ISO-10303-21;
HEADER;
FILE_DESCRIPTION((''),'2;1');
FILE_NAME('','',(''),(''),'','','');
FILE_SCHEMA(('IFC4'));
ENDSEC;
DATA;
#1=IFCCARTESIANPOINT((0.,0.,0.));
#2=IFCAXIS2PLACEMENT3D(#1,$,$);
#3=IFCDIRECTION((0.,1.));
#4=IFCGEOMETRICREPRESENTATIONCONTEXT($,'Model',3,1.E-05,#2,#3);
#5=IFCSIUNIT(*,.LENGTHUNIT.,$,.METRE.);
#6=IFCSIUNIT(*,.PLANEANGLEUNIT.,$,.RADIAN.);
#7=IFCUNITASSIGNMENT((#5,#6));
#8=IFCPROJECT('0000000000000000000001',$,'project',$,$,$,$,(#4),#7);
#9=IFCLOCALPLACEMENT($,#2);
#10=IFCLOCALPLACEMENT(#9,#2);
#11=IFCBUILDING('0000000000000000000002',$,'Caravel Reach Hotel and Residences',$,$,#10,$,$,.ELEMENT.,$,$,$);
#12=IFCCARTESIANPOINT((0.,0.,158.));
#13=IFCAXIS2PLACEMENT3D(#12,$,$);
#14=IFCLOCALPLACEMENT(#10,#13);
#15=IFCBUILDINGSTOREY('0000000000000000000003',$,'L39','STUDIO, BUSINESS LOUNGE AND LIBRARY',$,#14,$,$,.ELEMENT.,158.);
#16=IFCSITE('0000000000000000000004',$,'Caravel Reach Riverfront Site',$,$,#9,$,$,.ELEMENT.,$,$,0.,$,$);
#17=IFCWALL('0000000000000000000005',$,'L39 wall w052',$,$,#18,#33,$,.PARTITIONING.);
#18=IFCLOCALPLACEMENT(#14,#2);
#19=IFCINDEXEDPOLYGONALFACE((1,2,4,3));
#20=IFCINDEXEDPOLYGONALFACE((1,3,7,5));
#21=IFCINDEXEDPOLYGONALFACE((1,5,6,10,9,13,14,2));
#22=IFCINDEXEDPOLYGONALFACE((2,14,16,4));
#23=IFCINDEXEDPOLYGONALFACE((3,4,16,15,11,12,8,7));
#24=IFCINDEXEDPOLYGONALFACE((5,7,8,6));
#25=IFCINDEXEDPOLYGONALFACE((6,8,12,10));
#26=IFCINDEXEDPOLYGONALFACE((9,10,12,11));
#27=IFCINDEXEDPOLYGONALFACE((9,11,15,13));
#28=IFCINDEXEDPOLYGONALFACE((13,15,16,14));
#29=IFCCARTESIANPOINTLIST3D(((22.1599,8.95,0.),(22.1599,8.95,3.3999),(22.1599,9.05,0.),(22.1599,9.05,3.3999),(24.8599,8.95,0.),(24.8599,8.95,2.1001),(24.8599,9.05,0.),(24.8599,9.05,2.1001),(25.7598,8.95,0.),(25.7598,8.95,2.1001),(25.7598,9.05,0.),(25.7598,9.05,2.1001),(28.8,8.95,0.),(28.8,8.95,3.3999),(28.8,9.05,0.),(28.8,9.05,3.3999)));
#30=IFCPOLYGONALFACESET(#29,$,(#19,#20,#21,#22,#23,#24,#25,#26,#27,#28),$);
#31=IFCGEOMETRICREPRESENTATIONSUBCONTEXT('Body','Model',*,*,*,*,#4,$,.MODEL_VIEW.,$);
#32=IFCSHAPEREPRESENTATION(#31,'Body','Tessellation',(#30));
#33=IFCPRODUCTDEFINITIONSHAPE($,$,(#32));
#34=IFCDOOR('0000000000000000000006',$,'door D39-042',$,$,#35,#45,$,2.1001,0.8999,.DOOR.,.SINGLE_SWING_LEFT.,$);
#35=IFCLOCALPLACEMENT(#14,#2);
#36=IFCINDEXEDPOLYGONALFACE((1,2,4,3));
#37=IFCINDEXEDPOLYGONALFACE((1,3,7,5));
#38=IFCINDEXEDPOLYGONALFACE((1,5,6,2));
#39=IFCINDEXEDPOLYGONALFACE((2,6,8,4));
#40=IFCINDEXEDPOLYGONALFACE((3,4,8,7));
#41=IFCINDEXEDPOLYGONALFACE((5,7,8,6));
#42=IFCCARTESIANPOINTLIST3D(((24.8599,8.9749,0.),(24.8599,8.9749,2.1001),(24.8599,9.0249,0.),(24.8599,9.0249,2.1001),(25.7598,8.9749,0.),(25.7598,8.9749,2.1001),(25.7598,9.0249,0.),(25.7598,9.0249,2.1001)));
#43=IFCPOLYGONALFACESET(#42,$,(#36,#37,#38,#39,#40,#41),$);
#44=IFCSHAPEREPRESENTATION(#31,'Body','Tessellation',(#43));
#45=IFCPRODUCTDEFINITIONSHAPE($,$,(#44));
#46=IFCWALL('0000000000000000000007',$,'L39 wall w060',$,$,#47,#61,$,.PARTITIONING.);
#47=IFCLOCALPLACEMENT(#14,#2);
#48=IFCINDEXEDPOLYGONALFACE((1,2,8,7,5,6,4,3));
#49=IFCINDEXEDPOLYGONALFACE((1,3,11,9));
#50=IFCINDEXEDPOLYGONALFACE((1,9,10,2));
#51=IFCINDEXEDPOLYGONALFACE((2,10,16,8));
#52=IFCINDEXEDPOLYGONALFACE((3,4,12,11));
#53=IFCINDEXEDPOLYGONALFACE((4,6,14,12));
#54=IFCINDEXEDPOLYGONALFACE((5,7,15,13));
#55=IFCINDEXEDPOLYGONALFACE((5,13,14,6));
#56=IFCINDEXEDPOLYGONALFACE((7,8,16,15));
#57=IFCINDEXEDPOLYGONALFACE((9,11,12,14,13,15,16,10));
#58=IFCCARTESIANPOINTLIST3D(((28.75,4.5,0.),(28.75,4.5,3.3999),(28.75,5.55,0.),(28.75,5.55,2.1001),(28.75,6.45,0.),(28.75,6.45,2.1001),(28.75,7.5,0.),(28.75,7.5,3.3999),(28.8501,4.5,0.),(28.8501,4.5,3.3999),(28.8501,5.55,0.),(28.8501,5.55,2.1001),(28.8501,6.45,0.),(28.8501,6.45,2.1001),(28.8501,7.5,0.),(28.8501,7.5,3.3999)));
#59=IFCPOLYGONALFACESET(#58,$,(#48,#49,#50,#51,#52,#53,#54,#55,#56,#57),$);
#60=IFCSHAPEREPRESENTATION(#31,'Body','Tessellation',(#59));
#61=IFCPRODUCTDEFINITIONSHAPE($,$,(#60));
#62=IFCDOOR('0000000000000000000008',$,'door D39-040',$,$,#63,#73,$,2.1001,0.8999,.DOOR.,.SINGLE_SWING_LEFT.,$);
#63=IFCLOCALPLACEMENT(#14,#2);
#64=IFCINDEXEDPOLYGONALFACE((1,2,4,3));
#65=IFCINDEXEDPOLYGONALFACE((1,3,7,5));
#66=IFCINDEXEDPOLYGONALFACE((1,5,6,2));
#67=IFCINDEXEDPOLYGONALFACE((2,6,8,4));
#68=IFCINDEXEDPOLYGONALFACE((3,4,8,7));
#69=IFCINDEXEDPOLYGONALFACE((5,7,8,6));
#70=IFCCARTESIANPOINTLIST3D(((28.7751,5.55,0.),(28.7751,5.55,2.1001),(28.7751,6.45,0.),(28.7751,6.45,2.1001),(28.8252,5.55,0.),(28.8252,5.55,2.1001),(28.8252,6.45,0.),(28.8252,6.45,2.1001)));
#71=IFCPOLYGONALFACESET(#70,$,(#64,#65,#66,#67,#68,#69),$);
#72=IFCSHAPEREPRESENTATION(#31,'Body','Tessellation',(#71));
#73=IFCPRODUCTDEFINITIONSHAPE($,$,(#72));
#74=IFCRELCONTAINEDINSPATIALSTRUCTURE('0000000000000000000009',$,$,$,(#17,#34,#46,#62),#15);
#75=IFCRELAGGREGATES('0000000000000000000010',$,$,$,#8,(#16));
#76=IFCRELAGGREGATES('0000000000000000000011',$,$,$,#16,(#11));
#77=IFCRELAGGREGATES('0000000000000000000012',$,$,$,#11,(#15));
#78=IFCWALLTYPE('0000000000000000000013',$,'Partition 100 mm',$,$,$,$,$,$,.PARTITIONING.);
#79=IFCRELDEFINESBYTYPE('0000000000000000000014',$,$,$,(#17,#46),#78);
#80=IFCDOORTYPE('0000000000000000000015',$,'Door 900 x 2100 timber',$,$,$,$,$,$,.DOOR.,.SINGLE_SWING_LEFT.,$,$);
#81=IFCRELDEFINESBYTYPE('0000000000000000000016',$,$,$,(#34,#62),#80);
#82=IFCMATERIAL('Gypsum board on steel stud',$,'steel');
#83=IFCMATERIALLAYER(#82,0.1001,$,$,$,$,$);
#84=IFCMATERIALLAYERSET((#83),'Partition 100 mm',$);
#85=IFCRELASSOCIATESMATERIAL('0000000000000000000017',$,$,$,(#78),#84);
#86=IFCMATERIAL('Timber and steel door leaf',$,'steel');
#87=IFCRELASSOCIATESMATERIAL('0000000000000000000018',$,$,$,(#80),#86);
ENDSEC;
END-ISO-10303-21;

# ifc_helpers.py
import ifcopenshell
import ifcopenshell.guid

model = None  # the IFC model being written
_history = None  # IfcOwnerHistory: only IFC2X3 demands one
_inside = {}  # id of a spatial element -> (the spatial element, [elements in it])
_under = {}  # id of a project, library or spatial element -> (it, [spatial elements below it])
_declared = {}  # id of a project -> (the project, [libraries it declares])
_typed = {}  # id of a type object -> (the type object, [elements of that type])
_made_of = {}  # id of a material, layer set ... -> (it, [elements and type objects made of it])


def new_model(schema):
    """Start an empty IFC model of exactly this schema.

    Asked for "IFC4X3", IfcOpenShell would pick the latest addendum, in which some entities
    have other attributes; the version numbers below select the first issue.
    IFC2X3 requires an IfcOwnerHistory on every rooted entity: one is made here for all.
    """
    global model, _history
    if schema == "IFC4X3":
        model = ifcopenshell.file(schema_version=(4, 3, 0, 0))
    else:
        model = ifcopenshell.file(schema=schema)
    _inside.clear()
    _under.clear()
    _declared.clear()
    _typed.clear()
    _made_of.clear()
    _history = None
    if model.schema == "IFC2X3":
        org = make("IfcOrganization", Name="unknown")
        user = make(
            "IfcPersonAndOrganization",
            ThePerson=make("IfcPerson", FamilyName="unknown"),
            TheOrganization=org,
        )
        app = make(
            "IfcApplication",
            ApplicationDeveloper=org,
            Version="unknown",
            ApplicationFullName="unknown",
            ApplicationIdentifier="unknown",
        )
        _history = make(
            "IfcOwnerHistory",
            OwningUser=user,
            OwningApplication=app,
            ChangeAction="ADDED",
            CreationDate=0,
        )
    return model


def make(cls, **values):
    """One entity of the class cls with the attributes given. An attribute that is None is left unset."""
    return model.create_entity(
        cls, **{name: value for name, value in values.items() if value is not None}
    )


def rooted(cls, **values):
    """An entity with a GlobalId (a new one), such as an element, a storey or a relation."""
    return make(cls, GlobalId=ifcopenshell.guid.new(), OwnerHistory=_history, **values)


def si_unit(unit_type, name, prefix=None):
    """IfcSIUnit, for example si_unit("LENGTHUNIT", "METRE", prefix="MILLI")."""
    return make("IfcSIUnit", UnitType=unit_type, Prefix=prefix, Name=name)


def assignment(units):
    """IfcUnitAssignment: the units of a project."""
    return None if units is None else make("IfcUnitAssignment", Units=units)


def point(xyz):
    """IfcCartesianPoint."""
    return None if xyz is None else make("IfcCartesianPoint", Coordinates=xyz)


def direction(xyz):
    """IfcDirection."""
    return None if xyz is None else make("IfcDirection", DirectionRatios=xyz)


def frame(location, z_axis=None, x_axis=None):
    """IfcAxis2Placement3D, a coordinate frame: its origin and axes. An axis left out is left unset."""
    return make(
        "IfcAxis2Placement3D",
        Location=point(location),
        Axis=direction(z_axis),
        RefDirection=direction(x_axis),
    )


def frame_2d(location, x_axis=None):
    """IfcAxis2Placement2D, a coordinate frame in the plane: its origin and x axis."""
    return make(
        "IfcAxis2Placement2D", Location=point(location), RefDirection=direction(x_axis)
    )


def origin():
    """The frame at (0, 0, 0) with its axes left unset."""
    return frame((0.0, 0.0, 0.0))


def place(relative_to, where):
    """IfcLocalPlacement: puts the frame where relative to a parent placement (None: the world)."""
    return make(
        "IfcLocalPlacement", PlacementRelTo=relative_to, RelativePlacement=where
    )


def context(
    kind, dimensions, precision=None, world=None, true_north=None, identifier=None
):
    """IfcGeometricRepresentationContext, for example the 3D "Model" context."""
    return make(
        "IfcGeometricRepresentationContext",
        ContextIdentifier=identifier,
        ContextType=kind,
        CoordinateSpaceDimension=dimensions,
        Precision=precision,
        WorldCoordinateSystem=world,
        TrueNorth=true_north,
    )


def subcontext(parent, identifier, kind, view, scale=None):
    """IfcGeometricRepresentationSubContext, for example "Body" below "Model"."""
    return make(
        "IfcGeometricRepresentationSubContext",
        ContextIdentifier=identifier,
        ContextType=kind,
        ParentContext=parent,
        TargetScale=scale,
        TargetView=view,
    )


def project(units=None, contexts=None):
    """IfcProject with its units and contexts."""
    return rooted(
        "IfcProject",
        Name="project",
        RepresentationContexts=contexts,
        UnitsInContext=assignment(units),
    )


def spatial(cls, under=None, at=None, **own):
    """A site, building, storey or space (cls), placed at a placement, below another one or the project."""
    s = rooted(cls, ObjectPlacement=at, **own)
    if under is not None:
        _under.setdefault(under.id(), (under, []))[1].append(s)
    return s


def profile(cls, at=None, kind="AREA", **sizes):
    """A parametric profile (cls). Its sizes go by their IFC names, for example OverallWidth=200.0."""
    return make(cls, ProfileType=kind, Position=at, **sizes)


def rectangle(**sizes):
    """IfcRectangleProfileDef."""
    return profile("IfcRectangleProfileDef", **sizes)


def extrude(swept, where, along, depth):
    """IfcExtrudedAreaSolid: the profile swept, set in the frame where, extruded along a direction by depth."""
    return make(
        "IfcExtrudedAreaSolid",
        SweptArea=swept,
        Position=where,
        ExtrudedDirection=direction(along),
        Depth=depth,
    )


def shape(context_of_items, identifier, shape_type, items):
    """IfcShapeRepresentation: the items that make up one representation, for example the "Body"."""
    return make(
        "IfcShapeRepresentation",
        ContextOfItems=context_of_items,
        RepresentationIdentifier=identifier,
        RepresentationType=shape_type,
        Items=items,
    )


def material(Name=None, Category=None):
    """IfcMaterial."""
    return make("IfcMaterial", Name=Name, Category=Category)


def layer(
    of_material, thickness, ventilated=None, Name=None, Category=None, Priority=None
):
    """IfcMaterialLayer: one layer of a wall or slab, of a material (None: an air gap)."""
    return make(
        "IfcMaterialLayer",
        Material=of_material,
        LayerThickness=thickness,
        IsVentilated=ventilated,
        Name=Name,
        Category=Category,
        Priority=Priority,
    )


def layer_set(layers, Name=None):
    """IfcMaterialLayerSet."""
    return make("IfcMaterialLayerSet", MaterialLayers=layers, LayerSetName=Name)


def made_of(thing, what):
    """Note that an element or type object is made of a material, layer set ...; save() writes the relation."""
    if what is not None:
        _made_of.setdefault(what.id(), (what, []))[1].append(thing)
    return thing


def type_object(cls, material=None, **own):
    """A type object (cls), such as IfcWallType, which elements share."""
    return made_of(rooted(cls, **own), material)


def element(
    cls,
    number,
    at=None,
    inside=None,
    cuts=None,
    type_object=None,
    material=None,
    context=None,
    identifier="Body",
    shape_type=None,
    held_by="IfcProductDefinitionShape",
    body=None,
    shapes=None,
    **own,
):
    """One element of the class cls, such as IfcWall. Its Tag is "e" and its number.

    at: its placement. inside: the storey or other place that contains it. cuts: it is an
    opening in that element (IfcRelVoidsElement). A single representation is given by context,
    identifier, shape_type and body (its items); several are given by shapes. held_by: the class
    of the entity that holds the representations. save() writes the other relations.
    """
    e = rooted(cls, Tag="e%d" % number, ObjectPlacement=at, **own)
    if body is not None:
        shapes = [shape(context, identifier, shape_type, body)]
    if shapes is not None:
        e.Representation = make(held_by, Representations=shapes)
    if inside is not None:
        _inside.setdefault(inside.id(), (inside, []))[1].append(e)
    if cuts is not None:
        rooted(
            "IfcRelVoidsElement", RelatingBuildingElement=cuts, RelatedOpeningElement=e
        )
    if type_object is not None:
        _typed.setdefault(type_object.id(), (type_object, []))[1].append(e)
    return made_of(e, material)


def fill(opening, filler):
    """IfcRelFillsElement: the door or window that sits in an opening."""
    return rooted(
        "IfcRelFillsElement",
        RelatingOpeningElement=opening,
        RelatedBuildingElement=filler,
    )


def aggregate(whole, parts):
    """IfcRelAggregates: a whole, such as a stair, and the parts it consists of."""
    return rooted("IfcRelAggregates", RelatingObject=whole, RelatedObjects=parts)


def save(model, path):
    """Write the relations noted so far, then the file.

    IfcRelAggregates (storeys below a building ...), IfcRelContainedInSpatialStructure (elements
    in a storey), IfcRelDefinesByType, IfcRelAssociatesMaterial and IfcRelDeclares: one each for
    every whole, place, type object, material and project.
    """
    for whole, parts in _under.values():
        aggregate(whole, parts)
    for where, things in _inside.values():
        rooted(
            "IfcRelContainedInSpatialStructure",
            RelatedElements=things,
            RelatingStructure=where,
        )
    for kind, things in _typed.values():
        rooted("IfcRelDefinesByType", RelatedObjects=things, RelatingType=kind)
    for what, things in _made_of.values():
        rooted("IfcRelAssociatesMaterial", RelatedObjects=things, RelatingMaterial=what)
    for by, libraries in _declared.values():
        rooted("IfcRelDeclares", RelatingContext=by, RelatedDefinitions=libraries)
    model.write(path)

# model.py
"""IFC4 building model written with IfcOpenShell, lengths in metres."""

from ifc_helpers import new_model, si_unit, direction, frame, frame_2d, origin, place, context, subcontext, project, spatial, rectangle, extrude, material, layer, layer_set, type_object, element, fill, save


model = new_model("IFC4")

# Units and contexts
model_context = context("Model", 3, precision=1e-05, world=origin(), true_north=direction((0.0, 1.0)))
body_context = subcontext(model_context, "Body", "Model", "MODEL_VIEW")
ifc_project = project(units=[si_unit("LENGTHUNIT", "METRE"), si_unit("PLANEANGLEUNIT", "RADIAN")], contexts=[model_context])

# Site, building, storey
site_placement = place(None, origin())
site = spatial("IfcSite", under=ifc_project, at=site_placement, Name="Caravel Reach Riverfront Site", CompositionType="ELEMENT", RefElevation=0.0)
building_placement = place(site_placement, origin())
building = spatial("IfcBuilding", under=site, at=building_placement, Name="Caravel Reach Hotel and Residences", CompositionType="ELEMENT")
storey_placement = place(building_placement, frame((0.0, 0.0, 158.0)))
storey = spatial("IfcBuildingStorey", under=building, at=storey_placement, Name="L39", Description="STUDIO, BUSINESS LOUNGE AND LIBRARY", CompositionType="ELEMENT", Elevation=158.0)

# Shared definitions
ifc_material_1 = material(Name="Gypsum board on steel stud", Category="steel")
ifc_layer_1 = layer(ifc_material_1, 0.1001)
ifc_layer_set_1 = layer_set([ifc_layer_1], Name="Partition 100 mm")
wall_type_1 = type_object("IfcWallType", Name="Partition 100 mm", PredefinedType="PARTITIONING", material=ifc_layer_set_1)

# Walls, openings, doors
wall_1_placement = place(storey_placement, frame((22.1599, 9.0, 0.0), z_axis=(0.0, 0.0, 1.0), x_axis=(1.0, 0.0, 0.0)))
wall_1 = element("IfcWall", 1, at=wall_1_placement, inside=storey, type_object=wall_type_1, Name="L39 wall w052", PredefinedType="PARTITIONING", context=body_context, shape_type="SweptSolid", body=[
    extrude(rectangle(XDim=6.6401, YDim=0.1001, at=frame_2d((3.3201, 0.0))), origin(), (0.0, 0.0, 1.0), 3.3999),
])
opening_1_placement = place(wall_1_placement, frame((2.7, 0.0, 0.0)))
opening_1 = element("IfcOpeningElement", 2, at=opening_1_placement, cuts=wall_1, PredefinedType="OPENING", context=body_context, shape_type="SweptSolid", body=[
    extrude(rectangle(XDim=0.8999, YDim=2.1001, at=frame_2d((0.45, 1.05))), frame((0.0, 0.0601, 0.0), z_axis=(0.0, -1.0, 0.0), x_axis=(1.0, 0.0, 0.0)), (0.0, 0.0, 1.0), 0.1201),
])
ifc_material_2 = material(Name="Timber and steel door leaf", Category="steel")
door_type = type_object("IfcDoorType", Name="Door 900 x 2100 timber", OperationType="SINGLE_SWING_LEFT", PredefinedType="DOOR", material=ifc_material_2)
door_1_placement = place(opening_1_placement, origin())
door_1 = element("IfcDoor", 3, at=door_1_placement, inside=storey, type_object=door_type, Name="door D39-042", OperationType="SINGLE_SWING_LEFT", OverallHeight=2.1001, OverallWidth=0.8999, PredefinedType="DOOR", context=body_context, shape_type="SweptSolid", body=[
    extrude(rectangle(XDim=0.8999, YDim=2.1001, at=frame_2d((0.45, 1.05))), frame((0.0, 0.0249, 0.0), z_axis=(0.0, -1.0, 0.0), x_axis=(1.0, 0.0, 0.0)), (0.0, 0.0, 1.0), 0.05),
])
fill(opening_1, door_1)
wall_2_placement = place(storey_placement, frame((28.8, 4.5, 0.0), z_axis=(0.0, 0.0, 1.0), x_axis=(0.0, 1.0, 0.0)))
wall_2 = element("IfcWall", 4, at=wall_2_placement, inside=storey, type_object=wall_type_1, Name="L39 wall w060", PredefinedType="PARTITIONING", context=body_context, shape_type="SweptSolid", body=[
    extrude(rectangle(XDim=3.0, YDim=0.1001, at=frame_2d((1.5, 0.0))), origin(), (0.0, 0.0, 1.0), 3.3999),
])
opening_2_placement = place(wall_2_placement, frame((1.05, 0.0, 0.0)))
opening_2 = element("IfcOpeningElement", 5, at=opening_2_placement, cuts=wall_2, PredefinedType="OPENING", context=body_context, shape_type="SweptSolid", body=[
    extrude(rectangle(XDim=0.8999, YDim=2.1001, at=frame_2d((0.45, 1.05))), frame((0.0, 0.0601, 0.0), z_axis=(0.0, -1.0, 0.0), x_axis=(1.0, 0.0, 0.0)), (0.0, 0.0, 1.0), 0.1201),
])
door_2_placement = place(opening_2_placement, origin())
door_2 = element("IfcDoor", 6, at=door_2_placement, inside=storey, type_object=door_type, Name="door D39-040", OperationType="SINGLE_SWING_LEFT", OverallHeight=2.1001, OverallWidth=0.8999, PredefinedType="DOOR", context=body_context, shape_type="SweptSolid", body=[
    extrude(rectangle(XDim=0.8999, YDim=2.1001, at=frame_2d((0.45, 1.05))), frame((0.0, 0.0249, 0.0), z_axis=(0.0, -1.0, 0.0), x_axis=(1.0, 0.0, 0.0)), (0.0, 0.0, 1.0), 0.05),
])
fill(opening_2, door_2)

save(model, "model.ifc")
